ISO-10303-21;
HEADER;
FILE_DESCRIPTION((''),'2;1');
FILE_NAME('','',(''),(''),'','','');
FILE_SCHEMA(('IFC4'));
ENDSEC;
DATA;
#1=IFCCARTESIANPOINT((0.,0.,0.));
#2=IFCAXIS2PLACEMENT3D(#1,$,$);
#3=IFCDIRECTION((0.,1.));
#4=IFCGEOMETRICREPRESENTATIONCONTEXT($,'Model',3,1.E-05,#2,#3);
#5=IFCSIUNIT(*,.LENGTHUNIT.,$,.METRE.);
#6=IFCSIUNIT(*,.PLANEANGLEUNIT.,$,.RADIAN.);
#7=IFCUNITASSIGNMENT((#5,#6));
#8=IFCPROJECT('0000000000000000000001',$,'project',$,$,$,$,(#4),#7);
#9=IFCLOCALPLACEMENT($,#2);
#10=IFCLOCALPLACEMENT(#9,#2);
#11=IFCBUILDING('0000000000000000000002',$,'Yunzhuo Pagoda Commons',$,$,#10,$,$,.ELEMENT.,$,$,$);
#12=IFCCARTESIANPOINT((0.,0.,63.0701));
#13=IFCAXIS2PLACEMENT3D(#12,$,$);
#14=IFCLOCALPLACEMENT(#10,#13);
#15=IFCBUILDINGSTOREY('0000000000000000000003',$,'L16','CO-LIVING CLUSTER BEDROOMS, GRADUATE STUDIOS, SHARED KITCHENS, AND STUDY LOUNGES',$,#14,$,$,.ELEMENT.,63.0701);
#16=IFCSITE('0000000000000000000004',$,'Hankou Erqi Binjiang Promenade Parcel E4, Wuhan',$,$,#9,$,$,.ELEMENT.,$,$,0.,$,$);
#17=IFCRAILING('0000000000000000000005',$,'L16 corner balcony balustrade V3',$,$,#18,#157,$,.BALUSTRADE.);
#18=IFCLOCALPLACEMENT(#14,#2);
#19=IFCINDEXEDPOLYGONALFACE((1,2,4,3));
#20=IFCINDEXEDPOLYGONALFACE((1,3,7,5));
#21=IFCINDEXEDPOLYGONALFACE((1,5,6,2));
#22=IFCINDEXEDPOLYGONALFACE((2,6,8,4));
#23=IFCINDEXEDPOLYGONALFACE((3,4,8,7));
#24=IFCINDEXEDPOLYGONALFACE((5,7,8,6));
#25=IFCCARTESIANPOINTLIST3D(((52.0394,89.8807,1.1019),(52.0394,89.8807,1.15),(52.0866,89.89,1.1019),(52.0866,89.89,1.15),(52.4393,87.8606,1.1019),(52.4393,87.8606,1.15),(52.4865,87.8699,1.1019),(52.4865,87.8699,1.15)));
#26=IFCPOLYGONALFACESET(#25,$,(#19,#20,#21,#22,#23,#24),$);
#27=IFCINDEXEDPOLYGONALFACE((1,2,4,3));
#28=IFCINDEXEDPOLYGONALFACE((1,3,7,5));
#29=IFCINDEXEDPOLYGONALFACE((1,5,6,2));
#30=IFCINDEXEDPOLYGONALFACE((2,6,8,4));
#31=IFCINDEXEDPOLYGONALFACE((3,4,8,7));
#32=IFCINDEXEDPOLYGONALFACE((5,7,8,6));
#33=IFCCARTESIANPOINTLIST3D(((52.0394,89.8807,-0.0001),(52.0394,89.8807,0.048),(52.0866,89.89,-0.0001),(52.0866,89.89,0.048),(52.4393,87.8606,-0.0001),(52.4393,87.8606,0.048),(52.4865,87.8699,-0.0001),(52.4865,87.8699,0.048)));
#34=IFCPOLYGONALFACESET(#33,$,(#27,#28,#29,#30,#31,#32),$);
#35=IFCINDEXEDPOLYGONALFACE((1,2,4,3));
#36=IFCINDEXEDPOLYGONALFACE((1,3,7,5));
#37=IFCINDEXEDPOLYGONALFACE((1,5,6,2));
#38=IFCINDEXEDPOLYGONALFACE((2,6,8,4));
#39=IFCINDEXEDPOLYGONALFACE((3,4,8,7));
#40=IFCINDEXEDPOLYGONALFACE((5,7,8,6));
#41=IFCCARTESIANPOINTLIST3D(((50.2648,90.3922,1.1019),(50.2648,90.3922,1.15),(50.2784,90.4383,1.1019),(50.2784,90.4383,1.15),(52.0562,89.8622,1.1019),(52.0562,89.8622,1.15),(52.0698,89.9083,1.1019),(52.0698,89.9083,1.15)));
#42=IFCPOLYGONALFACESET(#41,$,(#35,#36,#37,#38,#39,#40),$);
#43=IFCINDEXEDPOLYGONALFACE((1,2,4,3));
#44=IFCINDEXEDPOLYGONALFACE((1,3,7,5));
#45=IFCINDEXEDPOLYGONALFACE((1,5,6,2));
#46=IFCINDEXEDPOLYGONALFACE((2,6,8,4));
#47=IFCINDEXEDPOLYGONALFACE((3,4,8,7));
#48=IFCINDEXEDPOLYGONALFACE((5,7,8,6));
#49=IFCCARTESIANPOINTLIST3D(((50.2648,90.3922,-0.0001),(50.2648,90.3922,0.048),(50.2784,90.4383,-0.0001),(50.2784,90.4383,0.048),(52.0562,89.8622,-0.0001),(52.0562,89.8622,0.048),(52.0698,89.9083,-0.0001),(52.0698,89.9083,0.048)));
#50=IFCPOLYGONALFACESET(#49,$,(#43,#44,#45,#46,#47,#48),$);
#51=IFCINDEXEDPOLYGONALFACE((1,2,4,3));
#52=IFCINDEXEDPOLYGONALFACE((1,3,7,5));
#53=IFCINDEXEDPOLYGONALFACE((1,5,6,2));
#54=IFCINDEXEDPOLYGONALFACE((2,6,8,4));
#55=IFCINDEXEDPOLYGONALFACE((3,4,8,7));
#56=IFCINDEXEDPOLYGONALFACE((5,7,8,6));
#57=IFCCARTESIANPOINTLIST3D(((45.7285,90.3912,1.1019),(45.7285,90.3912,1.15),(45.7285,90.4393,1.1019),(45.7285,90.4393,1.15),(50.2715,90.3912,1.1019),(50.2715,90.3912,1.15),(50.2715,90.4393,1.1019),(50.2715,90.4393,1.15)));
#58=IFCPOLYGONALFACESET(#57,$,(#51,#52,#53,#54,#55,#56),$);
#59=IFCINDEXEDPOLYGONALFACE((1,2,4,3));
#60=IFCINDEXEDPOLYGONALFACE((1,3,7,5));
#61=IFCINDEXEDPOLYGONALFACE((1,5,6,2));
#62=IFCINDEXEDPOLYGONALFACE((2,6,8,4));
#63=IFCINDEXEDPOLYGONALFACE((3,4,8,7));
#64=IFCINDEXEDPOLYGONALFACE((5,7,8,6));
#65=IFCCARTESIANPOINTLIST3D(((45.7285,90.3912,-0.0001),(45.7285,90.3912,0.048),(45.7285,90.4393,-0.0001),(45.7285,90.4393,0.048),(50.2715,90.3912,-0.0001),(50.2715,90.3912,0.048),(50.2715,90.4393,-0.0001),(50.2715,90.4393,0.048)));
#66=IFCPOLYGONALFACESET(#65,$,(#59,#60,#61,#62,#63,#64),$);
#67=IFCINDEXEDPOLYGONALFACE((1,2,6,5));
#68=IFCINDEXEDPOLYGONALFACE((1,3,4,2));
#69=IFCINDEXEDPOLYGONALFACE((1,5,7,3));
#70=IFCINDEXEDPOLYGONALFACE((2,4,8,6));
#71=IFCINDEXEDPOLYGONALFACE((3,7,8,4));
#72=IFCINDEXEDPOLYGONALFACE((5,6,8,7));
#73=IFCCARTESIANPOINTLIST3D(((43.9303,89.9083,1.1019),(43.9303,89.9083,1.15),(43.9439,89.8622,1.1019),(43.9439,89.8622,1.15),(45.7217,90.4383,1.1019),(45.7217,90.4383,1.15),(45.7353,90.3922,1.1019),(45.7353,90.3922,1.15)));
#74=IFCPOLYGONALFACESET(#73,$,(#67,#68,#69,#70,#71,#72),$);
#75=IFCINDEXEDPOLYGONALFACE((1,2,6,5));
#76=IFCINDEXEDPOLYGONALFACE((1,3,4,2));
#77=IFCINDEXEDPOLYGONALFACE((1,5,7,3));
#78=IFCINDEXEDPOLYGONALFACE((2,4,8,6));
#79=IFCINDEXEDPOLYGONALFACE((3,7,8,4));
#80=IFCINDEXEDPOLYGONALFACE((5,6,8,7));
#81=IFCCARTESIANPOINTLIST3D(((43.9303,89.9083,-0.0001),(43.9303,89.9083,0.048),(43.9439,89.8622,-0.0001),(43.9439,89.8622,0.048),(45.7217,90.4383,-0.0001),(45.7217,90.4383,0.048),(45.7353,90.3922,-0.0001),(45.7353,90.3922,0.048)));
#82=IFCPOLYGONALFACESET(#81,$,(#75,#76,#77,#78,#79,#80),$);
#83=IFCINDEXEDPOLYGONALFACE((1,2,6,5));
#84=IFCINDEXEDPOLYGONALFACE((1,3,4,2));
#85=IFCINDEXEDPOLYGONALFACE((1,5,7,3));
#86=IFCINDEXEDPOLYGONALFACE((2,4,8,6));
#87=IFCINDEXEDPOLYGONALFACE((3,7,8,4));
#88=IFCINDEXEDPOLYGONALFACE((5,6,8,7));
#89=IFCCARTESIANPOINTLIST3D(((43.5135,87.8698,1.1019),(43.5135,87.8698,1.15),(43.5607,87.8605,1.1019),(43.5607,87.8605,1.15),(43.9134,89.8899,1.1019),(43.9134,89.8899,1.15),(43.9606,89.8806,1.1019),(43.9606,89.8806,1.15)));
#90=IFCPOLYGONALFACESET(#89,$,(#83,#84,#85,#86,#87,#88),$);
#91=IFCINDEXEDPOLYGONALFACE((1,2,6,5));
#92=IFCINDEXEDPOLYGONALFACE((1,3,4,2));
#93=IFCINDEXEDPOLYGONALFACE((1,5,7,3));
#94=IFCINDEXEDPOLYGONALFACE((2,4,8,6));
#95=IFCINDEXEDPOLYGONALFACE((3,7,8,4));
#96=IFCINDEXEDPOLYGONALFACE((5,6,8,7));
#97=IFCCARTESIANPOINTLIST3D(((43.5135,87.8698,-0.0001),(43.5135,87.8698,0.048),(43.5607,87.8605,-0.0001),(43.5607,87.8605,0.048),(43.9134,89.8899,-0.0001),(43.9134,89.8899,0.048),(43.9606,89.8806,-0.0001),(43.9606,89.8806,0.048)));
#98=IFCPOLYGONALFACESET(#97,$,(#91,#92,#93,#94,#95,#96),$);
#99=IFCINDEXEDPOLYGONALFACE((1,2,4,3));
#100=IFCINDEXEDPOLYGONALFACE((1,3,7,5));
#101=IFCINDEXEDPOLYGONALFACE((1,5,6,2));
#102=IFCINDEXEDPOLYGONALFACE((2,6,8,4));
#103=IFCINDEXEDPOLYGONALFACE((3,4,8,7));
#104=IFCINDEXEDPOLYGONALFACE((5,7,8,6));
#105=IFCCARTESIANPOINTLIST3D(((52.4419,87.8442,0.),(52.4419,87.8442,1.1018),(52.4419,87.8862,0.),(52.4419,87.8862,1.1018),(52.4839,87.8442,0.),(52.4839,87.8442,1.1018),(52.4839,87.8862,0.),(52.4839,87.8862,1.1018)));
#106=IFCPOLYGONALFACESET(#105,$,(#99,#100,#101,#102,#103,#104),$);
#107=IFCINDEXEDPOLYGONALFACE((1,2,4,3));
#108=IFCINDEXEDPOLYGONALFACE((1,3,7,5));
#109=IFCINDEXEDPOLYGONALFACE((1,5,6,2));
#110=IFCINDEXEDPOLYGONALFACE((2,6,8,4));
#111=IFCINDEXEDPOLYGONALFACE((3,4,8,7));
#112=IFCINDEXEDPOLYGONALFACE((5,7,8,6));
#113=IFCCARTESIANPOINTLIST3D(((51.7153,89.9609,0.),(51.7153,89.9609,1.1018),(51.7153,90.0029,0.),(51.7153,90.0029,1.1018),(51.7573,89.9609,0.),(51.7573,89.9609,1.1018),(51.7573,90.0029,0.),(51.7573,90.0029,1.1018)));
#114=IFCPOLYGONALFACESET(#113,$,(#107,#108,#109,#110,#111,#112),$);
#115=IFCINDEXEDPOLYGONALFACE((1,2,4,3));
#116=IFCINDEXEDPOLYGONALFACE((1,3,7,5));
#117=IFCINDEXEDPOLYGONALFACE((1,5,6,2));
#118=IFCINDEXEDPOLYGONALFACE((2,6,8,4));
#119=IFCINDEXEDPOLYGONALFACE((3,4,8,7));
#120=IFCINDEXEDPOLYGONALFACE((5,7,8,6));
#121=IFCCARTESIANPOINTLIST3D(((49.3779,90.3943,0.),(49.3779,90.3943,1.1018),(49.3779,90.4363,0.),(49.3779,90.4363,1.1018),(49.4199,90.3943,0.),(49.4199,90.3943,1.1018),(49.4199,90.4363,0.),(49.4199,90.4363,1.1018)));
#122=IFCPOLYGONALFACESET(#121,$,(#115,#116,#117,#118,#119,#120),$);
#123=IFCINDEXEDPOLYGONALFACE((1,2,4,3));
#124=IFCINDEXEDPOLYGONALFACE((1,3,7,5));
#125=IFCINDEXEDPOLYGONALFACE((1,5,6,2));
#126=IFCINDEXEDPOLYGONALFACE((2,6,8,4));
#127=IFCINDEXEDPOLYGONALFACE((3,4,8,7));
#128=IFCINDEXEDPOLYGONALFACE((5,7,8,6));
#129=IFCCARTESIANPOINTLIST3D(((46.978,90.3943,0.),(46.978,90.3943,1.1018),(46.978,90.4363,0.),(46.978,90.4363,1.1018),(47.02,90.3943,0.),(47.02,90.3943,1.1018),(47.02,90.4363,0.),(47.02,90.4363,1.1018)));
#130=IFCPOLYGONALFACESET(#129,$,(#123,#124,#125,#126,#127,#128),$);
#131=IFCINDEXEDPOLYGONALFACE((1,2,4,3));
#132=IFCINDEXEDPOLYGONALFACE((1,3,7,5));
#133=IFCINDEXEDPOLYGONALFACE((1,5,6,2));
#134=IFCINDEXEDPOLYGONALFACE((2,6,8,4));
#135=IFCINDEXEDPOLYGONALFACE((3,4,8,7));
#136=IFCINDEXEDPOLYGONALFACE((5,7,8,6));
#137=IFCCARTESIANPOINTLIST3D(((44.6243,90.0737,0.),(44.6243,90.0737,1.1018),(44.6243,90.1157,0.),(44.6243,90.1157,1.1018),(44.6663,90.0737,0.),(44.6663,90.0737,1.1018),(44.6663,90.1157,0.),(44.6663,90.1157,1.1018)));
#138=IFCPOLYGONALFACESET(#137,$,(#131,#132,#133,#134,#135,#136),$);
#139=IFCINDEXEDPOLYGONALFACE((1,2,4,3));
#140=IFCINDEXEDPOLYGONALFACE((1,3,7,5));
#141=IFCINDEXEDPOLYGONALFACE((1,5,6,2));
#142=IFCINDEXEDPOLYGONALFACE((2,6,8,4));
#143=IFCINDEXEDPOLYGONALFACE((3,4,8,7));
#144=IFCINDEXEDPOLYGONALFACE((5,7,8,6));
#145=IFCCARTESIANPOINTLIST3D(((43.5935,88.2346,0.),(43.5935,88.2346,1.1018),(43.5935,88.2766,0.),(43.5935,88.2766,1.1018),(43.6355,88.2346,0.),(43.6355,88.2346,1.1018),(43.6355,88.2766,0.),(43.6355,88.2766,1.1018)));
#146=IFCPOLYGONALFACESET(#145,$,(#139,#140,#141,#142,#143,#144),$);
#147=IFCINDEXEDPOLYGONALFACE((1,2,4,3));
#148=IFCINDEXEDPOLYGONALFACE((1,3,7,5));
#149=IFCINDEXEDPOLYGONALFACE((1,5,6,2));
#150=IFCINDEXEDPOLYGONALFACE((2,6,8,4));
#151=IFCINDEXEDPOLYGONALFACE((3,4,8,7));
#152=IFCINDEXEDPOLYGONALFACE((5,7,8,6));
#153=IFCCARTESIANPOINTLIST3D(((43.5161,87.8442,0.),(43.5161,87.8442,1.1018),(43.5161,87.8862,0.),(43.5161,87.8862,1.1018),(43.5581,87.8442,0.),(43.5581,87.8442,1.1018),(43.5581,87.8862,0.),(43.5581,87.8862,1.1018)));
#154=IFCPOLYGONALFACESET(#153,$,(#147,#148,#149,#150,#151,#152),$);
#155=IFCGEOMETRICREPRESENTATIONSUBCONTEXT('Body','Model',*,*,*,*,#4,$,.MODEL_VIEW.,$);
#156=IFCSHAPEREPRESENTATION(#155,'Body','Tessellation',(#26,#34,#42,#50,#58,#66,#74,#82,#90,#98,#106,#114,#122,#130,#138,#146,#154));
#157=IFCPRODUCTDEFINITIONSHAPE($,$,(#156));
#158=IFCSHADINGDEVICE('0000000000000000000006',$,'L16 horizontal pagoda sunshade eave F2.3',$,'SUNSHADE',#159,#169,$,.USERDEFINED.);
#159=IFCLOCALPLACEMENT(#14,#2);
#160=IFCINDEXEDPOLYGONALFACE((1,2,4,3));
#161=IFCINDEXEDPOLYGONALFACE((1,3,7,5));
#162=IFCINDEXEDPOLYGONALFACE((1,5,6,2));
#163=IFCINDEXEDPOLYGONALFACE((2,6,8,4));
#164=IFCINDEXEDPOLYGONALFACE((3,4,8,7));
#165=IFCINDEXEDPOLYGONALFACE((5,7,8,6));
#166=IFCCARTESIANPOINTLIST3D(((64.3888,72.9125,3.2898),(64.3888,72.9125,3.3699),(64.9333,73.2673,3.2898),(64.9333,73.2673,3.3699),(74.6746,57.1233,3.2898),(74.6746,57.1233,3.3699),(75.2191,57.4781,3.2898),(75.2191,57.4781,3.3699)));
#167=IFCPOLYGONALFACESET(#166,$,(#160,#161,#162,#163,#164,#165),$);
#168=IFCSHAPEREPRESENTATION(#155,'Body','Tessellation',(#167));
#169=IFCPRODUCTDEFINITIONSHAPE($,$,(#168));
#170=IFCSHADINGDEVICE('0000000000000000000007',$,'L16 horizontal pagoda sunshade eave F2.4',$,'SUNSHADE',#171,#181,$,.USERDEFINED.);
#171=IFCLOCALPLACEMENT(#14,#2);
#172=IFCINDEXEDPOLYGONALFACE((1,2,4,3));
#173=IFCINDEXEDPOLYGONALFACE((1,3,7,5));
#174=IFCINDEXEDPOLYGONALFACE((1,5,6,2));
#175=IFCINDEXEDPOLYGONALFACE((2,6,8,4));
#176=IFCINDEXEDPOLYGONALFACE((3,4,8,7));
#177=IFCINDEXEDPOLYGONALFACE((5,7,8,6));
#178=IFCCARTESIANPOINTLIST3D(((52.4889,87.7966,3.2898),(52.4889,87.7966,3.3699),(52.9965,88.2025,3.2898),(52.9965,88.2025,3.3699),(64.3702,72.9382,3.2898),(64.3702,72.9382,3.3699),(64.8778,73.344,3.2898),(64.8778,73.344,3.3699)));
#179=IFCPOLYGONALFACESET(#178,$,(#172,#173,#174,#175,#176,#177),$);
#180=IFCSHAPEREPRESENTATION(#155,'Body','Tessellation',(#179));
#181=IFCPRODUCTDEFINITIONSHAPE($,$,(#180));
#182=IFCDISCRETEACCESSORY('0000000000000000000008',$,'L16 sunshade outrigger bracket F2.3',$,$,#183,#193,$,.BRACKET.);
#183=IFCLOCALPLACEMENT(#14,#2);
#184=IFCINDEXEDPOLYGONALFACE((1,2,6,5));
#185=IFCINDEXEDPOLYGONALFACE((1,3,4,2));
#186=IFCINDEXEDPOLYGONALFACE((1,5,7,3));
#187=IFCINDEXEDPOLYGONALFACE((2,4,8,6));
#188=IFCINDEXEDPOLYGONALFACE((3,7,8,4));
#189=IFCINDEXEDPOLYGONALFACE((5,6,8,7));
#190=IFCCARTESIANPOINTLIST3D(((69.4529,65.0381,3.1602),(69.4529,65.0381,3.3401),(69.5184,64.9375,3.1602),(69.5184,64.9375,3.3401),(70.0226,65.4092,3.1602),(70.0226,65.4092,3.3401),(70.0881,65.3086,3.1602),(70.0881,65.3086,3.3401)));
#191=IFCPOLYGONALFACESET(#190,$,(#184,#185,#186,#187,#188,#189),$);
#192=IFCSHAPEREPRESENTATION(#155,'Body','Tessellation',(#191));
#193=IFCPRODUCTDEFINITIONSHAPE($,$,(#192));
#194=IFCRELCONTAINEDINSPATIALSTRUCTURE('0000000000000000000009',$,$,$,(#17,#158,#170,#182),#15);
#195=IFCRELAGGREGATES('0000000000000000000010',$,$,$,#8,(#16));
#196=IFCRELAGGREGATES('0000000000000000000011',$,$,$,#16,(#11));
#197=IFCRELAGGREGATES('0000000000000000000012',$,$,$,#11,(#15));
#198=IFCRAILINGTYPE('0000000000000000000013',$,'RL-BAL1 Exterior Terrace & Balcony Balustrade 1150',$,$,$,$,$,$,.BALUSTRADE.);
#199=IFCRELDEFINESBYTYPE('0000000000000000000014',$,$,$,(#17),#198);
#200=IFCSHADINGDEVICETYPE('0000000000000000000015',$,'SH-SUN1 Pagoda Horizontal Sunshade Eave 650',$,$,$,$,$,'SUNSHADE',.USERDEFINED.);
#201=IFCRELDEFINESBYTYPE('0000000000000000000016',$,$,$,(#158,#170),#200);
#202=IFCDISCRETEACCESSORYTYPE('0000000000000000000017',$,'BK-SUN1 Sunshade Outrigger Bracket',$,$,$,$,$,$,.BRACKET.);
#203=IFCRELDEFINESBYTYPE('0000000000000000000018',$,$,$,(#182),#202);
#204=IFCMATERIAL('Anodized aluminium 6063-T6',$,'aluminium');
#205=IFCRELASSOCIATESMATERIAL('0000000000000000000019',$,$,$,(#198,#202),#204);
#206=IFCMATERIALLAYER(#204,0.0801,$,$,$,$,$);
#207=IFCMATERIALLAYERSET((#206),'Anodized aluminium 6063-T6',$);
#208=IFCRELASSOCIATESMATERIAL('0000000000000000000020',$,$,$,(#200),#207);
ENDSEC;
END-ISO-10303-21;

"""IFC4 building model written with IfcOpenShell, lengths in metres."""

from ifc_helpers import new_model, si_unit, direction, frame, origin, origin_2d, place, context, subcontext, project, spatial, rectangle, extrude, source, transform, mapped, material, layer, layer_set, type_object, element, save


model = new_model("IFC4")

# Units and contexts
model_context = context("Model", 3, precision=1e-05, world=origin(), true_north=direction((0.0, 1.0)))
body_context = subcontext(model_context, "Body", "Model", "MODEL_VIEW")
ifc_project = project(units=[si_unit("LENGTHUNIT", "METRE"), si_unit("PLANEANGLEUNIT", "RADIAN")], contexts=[model_context])

# Site, building, storey
site_placement = place(None, origin())
site = spatial("IfcSite", under=ifc_project, at=site_placement, Name="Hankou Erqi Binjiang Promenade Parcel E4, Wuhan", CompositionType="ELEMENT", RefElevation=0.0)
building_placement = place(site_placement, origin())
building = spatial("IfcBuilding", under=site, at=building_placement, Name="Yunzhuo Pagoda Commons", CompositionType="ELEMENT")
storey_placement = place(building_placement, frame((0.0, 0.0, 63.0701)))
storey = spatial("IfcBuildingStorey", under=building, at=storey_placement, Name="L16", Description="CO-LIVING CLUSTER BEDROOMS, GRADUATE STUDIOS, SHARED KITCHENS, AND STUDY LOUNGES", CompositionType="ELEMENT", Elevation=63.0701)

# Shared definitions
ifc_material_1 = material(Name="Anodized aluminium 6063-T6", Category="aluminium")

# Railing
railing_type_1 = type_object("IfcRailingType", Name="RL-BAL1 Exterior Terrace & Balcony Balustrade 1150", PredefinedType="BALUSTRADE", material=ifc_material_1)
railing_1_placement = place(storey_placement, frame((52.4629, 87.8652, 0.0)))
element("IfcRailing", 1, at=railing_1_placement, inside=storey, type_object=railing_type_1, Name="L16 corner balcony balustrade V3", PredefinedType="BALUSTRADE", context=body_context, shape_type="SweptSolid", body=[
    extrude(rectangle(XDim=0.0481, YDim=0.0481, at=origin_2d()), frame((0.0, 0.0, 1.126), z_axis=(-0.194201, 0.980962, 0.0), x_axis=(-0.980962, -0.194201, 0.0)), (0.0, 0.0, 1.0), 2.0593),
    extrude(rectangle(XDim=0.0481, YDim=0.0481, at=origin_2d()), frame((0.0, 0.0, 0.0239), z_axis=(-0.194201, 0.980962, 0.0), x_axis=(-0.980962, -0.194201, 0.0)), (0.0, 0.0, 1.0), 2.0593),
    extrude(rectangle(XDim=0.0481, YDim=0.0481, at=origin_2d()), frame((-0.3999, 2.02, 1.126), z_axis=(-0.958913, 0.283701, 0.0), x_axis=(-0.283701, -0.958913, 0.0)), (0.0, 0.0, 1.0), 1.8682),
    extrude(rectangle(XDim=0.0481, YDim=0.0481, at=origin_2d()), frame((-0.3999, 2.02, 0.0239), z_axis=(-0.958913, 0.283701, 0.0), x_axis=(-0.283701, -0.958913, 0.0)), (0.0, 0.0, 1.0), 1.8682),
    extrude(rectangle(XDim=0.0481, YDim=0.0481, at=origin_2d()), frame((-2.1914, 2.55, 1.126), z_axis=(-1.0, 0.0, 0.0), x_axis=(0.0, -1.0, 0.0)), (0.0, 0.0, 1.0), 4.543),
    extrude(rectangle(XDim=0.0481, YDim=0.0481, at=origin_2d()), frame((-2.1914, 2.55, 0.0239), z_axis=(-1.0, 0.0, 0.0), x_axis=(0.0, -1.0, 0.0)), (0.0, 0.0, 1.0), 4.543),
    extrude(rectangle(XDim=0.0481, YDim=0.0481, at=origin_2d()), frame((-6.7344, 2.55, 1.126), z_axis=(-0.958913, -0.283701, 0.0), x_axis=(0.283701, -0.958913, 0.0)), (0.0, 0.0, 1.0), 1.8682),
    extrude(rectangle(XDim=0.0481, YDim=0.0481, at=origin_2d()), frame((-6.7344, 2.55, 0.0239), z_axis=(-0.958913, -0.283701, 0.0), x_axis=(0.283701, -0.958913, 0.0)), (0.0, 0.0, 1.0), 1.8682),
    extrude(rectangle(XDim=0.0481, YDim=0.0481, at=origin_2d()), frame((-8.5259, 2.02, 1.126), z_axis=(-0.194201, -0.980962, 0.0), x_axis=(0.980962, -0.194201, 0.0)), (0.0, 0.0, 1.0), 2.0593),
    extrude(rectangle(XDim=0.0481, YDim=0.0481, at=origin_2d()), frame((-8.5259, 2.02, 0.0239), z_axis=(-0.194201, -0.980962, 0.0), x_axis=(0.980962, -0.194201, 0.0)), (0.0, 0.0, 1.0), 2.0593),
    extrude(rectangle(XDim=0.042, YDim=0.042, at=origin_2d()), origin(), (0.0, 0.0, 1.0), 1.1018),
    extrude(rectangle(XDim=0.042, YDim=0.042, at=origin_2d()), frame((-0.7266, 2.1167, 0.0)), (0.0, 0.0, 1.0), 1.1018),
    extrude(rectangle(XDim=0.042, YDim=0.042, at=origin_2d()), frame((-3.064, 2.55, 0.0)), (0.0, 0.0, 1.0), 1.1018),
    extrude(rectangle(XDim=0.042, YDim=0.042, at=origin_2d()), frame((-5.4639, 2.55, 0.0)), (0.0, 0.0, 1.0), 1.1018),
    extrude(rectangle(XDim=0.042, YDim=0.042, at=origin_2d()), frame((-7.8176, 2.2295, 0.0)), (0.0, 0.0, 1.0), 1.1018),
    extrude(rectangle(XDim=0.042, YDim=0.042, at=origin_2d()), frame((-8.8484, 0.3904, 0.0)), (0.0, 0.0, 1.0), 1.1018),
    extrude(rectangle(XDim=0.042, YDim=0.042, at=origin_2d()), frame((-8.9258, 0.0, 0.0)), (0.0, 0.0, 1.0), 1.1018),
])

# Shading devices
ifc_layer_1 = layer(ifc_material_1, 0.0801)
ifc_layer_set_1 = layer_set([ifc_layer_1], Name="Anodized aluminium 6063-T6")
shading_device_type = type_object("IfcShadingDeviceType", Name="SH-SUN1 Pagoda Horizontal Sunshade Eave 650", ElementType="SUNSHADE", PredefinedType="USERDEFINED", material=ifc_layer_set_1)
shared_shape_1 = source(origin(), body_context, "Body", "SweptSolid", [
    extrude(rectangle(XDim=18.844, YDim=0.6499, at=origin_2d()), origin(), (0.0, 0.0, 1.0), 0.0801),
])
shading_device_1_placement = place(storey_placement, frame((69.804, 65.1953, 3.2898), z_axis=(0.0, 0.0, 1.0), x_axis=(-0.545839, 0.83789, 0.0)))
element("IfcShadingDevice", 2, at=shading_device_1_placement, inside=storey, type_object=shading_device_type, Name="L16 horizontal pagoda sunshade eave F2.3", ObjectType="SUNSHADE", PredefinedType="USERDEFINED", context=body_context, shape_type="MappedRepresentation", body=[
    mapped(shared_shape_1, transform((0.0, 0.0, 0.0), scale=1.0)),
])
shared_shape_2 = source(origin(), body_context, "Body", "SweptSolid", [
    extrude(rectangle(XDim=19.0247, YDim=0.6499, at=origin_2d()), origin(), (0.0, 0.0, 1.0), 0.0801),
])
shading_device_2_placement = place(storey_placement, frame((58.6833, 80.5703, 3.2898), z_axis=(0.0, 0.0, 1.0), x_axis=(-0.62452, 0.781008, 0.0)))
element("IfcShadingDevice", 3, at=shading_device_2_placement, inside=storey, type_object=shading_device_type, Name="L16 horizontal pagoda sunshade eave F2.4", ObjectType="SUNSHADE", PredefinedType="USERDEFINED", context=body_context, shape_type="MappedRepresentation", body=[
    mapped(shared_shape_2, transform((0.0, 0.0, 0.0), scale=1.0)),
])

# Discrete accessory
discrete_accessory_type = type_object("IfcDiscreteAccessoryType", Name="BK-SUN1 Sunshade Outrigger Bracket", PredefinedType="BRACKET", material=ifc_material_1)
shared_shape_3 = source(origin(), body_context, "Body", "SweptSolid", [
    extrude(rectangle(XDim=0.1201, YDim=0.6799, at=origin_2d()), origin(), (0.0, 0.0, 1.0), 0.1799),
])
discrete_accessory_placement = place(storey_placement, frame((69.7705, 65.1733, 3.1602), z_axis=(0.0, 0.0, 1.0), x_axis=(-0.545839, 0.83789, 0.0)))
element("IfcDiscreteAccessory", 4, at=discrete_accessory_placement, inside=storey, type_object=discrete_accessory_type, Name="L16 sunshade outrigger bracket F2.3", PredefinedType="BRACKET", context=body_context, shape_type="MappedRepresentation", body=[
    mapped(shared_shape_3, transform((0.0, 0.0, 0.0), scale=1.0)),
])

save(model, "model.ifc")
